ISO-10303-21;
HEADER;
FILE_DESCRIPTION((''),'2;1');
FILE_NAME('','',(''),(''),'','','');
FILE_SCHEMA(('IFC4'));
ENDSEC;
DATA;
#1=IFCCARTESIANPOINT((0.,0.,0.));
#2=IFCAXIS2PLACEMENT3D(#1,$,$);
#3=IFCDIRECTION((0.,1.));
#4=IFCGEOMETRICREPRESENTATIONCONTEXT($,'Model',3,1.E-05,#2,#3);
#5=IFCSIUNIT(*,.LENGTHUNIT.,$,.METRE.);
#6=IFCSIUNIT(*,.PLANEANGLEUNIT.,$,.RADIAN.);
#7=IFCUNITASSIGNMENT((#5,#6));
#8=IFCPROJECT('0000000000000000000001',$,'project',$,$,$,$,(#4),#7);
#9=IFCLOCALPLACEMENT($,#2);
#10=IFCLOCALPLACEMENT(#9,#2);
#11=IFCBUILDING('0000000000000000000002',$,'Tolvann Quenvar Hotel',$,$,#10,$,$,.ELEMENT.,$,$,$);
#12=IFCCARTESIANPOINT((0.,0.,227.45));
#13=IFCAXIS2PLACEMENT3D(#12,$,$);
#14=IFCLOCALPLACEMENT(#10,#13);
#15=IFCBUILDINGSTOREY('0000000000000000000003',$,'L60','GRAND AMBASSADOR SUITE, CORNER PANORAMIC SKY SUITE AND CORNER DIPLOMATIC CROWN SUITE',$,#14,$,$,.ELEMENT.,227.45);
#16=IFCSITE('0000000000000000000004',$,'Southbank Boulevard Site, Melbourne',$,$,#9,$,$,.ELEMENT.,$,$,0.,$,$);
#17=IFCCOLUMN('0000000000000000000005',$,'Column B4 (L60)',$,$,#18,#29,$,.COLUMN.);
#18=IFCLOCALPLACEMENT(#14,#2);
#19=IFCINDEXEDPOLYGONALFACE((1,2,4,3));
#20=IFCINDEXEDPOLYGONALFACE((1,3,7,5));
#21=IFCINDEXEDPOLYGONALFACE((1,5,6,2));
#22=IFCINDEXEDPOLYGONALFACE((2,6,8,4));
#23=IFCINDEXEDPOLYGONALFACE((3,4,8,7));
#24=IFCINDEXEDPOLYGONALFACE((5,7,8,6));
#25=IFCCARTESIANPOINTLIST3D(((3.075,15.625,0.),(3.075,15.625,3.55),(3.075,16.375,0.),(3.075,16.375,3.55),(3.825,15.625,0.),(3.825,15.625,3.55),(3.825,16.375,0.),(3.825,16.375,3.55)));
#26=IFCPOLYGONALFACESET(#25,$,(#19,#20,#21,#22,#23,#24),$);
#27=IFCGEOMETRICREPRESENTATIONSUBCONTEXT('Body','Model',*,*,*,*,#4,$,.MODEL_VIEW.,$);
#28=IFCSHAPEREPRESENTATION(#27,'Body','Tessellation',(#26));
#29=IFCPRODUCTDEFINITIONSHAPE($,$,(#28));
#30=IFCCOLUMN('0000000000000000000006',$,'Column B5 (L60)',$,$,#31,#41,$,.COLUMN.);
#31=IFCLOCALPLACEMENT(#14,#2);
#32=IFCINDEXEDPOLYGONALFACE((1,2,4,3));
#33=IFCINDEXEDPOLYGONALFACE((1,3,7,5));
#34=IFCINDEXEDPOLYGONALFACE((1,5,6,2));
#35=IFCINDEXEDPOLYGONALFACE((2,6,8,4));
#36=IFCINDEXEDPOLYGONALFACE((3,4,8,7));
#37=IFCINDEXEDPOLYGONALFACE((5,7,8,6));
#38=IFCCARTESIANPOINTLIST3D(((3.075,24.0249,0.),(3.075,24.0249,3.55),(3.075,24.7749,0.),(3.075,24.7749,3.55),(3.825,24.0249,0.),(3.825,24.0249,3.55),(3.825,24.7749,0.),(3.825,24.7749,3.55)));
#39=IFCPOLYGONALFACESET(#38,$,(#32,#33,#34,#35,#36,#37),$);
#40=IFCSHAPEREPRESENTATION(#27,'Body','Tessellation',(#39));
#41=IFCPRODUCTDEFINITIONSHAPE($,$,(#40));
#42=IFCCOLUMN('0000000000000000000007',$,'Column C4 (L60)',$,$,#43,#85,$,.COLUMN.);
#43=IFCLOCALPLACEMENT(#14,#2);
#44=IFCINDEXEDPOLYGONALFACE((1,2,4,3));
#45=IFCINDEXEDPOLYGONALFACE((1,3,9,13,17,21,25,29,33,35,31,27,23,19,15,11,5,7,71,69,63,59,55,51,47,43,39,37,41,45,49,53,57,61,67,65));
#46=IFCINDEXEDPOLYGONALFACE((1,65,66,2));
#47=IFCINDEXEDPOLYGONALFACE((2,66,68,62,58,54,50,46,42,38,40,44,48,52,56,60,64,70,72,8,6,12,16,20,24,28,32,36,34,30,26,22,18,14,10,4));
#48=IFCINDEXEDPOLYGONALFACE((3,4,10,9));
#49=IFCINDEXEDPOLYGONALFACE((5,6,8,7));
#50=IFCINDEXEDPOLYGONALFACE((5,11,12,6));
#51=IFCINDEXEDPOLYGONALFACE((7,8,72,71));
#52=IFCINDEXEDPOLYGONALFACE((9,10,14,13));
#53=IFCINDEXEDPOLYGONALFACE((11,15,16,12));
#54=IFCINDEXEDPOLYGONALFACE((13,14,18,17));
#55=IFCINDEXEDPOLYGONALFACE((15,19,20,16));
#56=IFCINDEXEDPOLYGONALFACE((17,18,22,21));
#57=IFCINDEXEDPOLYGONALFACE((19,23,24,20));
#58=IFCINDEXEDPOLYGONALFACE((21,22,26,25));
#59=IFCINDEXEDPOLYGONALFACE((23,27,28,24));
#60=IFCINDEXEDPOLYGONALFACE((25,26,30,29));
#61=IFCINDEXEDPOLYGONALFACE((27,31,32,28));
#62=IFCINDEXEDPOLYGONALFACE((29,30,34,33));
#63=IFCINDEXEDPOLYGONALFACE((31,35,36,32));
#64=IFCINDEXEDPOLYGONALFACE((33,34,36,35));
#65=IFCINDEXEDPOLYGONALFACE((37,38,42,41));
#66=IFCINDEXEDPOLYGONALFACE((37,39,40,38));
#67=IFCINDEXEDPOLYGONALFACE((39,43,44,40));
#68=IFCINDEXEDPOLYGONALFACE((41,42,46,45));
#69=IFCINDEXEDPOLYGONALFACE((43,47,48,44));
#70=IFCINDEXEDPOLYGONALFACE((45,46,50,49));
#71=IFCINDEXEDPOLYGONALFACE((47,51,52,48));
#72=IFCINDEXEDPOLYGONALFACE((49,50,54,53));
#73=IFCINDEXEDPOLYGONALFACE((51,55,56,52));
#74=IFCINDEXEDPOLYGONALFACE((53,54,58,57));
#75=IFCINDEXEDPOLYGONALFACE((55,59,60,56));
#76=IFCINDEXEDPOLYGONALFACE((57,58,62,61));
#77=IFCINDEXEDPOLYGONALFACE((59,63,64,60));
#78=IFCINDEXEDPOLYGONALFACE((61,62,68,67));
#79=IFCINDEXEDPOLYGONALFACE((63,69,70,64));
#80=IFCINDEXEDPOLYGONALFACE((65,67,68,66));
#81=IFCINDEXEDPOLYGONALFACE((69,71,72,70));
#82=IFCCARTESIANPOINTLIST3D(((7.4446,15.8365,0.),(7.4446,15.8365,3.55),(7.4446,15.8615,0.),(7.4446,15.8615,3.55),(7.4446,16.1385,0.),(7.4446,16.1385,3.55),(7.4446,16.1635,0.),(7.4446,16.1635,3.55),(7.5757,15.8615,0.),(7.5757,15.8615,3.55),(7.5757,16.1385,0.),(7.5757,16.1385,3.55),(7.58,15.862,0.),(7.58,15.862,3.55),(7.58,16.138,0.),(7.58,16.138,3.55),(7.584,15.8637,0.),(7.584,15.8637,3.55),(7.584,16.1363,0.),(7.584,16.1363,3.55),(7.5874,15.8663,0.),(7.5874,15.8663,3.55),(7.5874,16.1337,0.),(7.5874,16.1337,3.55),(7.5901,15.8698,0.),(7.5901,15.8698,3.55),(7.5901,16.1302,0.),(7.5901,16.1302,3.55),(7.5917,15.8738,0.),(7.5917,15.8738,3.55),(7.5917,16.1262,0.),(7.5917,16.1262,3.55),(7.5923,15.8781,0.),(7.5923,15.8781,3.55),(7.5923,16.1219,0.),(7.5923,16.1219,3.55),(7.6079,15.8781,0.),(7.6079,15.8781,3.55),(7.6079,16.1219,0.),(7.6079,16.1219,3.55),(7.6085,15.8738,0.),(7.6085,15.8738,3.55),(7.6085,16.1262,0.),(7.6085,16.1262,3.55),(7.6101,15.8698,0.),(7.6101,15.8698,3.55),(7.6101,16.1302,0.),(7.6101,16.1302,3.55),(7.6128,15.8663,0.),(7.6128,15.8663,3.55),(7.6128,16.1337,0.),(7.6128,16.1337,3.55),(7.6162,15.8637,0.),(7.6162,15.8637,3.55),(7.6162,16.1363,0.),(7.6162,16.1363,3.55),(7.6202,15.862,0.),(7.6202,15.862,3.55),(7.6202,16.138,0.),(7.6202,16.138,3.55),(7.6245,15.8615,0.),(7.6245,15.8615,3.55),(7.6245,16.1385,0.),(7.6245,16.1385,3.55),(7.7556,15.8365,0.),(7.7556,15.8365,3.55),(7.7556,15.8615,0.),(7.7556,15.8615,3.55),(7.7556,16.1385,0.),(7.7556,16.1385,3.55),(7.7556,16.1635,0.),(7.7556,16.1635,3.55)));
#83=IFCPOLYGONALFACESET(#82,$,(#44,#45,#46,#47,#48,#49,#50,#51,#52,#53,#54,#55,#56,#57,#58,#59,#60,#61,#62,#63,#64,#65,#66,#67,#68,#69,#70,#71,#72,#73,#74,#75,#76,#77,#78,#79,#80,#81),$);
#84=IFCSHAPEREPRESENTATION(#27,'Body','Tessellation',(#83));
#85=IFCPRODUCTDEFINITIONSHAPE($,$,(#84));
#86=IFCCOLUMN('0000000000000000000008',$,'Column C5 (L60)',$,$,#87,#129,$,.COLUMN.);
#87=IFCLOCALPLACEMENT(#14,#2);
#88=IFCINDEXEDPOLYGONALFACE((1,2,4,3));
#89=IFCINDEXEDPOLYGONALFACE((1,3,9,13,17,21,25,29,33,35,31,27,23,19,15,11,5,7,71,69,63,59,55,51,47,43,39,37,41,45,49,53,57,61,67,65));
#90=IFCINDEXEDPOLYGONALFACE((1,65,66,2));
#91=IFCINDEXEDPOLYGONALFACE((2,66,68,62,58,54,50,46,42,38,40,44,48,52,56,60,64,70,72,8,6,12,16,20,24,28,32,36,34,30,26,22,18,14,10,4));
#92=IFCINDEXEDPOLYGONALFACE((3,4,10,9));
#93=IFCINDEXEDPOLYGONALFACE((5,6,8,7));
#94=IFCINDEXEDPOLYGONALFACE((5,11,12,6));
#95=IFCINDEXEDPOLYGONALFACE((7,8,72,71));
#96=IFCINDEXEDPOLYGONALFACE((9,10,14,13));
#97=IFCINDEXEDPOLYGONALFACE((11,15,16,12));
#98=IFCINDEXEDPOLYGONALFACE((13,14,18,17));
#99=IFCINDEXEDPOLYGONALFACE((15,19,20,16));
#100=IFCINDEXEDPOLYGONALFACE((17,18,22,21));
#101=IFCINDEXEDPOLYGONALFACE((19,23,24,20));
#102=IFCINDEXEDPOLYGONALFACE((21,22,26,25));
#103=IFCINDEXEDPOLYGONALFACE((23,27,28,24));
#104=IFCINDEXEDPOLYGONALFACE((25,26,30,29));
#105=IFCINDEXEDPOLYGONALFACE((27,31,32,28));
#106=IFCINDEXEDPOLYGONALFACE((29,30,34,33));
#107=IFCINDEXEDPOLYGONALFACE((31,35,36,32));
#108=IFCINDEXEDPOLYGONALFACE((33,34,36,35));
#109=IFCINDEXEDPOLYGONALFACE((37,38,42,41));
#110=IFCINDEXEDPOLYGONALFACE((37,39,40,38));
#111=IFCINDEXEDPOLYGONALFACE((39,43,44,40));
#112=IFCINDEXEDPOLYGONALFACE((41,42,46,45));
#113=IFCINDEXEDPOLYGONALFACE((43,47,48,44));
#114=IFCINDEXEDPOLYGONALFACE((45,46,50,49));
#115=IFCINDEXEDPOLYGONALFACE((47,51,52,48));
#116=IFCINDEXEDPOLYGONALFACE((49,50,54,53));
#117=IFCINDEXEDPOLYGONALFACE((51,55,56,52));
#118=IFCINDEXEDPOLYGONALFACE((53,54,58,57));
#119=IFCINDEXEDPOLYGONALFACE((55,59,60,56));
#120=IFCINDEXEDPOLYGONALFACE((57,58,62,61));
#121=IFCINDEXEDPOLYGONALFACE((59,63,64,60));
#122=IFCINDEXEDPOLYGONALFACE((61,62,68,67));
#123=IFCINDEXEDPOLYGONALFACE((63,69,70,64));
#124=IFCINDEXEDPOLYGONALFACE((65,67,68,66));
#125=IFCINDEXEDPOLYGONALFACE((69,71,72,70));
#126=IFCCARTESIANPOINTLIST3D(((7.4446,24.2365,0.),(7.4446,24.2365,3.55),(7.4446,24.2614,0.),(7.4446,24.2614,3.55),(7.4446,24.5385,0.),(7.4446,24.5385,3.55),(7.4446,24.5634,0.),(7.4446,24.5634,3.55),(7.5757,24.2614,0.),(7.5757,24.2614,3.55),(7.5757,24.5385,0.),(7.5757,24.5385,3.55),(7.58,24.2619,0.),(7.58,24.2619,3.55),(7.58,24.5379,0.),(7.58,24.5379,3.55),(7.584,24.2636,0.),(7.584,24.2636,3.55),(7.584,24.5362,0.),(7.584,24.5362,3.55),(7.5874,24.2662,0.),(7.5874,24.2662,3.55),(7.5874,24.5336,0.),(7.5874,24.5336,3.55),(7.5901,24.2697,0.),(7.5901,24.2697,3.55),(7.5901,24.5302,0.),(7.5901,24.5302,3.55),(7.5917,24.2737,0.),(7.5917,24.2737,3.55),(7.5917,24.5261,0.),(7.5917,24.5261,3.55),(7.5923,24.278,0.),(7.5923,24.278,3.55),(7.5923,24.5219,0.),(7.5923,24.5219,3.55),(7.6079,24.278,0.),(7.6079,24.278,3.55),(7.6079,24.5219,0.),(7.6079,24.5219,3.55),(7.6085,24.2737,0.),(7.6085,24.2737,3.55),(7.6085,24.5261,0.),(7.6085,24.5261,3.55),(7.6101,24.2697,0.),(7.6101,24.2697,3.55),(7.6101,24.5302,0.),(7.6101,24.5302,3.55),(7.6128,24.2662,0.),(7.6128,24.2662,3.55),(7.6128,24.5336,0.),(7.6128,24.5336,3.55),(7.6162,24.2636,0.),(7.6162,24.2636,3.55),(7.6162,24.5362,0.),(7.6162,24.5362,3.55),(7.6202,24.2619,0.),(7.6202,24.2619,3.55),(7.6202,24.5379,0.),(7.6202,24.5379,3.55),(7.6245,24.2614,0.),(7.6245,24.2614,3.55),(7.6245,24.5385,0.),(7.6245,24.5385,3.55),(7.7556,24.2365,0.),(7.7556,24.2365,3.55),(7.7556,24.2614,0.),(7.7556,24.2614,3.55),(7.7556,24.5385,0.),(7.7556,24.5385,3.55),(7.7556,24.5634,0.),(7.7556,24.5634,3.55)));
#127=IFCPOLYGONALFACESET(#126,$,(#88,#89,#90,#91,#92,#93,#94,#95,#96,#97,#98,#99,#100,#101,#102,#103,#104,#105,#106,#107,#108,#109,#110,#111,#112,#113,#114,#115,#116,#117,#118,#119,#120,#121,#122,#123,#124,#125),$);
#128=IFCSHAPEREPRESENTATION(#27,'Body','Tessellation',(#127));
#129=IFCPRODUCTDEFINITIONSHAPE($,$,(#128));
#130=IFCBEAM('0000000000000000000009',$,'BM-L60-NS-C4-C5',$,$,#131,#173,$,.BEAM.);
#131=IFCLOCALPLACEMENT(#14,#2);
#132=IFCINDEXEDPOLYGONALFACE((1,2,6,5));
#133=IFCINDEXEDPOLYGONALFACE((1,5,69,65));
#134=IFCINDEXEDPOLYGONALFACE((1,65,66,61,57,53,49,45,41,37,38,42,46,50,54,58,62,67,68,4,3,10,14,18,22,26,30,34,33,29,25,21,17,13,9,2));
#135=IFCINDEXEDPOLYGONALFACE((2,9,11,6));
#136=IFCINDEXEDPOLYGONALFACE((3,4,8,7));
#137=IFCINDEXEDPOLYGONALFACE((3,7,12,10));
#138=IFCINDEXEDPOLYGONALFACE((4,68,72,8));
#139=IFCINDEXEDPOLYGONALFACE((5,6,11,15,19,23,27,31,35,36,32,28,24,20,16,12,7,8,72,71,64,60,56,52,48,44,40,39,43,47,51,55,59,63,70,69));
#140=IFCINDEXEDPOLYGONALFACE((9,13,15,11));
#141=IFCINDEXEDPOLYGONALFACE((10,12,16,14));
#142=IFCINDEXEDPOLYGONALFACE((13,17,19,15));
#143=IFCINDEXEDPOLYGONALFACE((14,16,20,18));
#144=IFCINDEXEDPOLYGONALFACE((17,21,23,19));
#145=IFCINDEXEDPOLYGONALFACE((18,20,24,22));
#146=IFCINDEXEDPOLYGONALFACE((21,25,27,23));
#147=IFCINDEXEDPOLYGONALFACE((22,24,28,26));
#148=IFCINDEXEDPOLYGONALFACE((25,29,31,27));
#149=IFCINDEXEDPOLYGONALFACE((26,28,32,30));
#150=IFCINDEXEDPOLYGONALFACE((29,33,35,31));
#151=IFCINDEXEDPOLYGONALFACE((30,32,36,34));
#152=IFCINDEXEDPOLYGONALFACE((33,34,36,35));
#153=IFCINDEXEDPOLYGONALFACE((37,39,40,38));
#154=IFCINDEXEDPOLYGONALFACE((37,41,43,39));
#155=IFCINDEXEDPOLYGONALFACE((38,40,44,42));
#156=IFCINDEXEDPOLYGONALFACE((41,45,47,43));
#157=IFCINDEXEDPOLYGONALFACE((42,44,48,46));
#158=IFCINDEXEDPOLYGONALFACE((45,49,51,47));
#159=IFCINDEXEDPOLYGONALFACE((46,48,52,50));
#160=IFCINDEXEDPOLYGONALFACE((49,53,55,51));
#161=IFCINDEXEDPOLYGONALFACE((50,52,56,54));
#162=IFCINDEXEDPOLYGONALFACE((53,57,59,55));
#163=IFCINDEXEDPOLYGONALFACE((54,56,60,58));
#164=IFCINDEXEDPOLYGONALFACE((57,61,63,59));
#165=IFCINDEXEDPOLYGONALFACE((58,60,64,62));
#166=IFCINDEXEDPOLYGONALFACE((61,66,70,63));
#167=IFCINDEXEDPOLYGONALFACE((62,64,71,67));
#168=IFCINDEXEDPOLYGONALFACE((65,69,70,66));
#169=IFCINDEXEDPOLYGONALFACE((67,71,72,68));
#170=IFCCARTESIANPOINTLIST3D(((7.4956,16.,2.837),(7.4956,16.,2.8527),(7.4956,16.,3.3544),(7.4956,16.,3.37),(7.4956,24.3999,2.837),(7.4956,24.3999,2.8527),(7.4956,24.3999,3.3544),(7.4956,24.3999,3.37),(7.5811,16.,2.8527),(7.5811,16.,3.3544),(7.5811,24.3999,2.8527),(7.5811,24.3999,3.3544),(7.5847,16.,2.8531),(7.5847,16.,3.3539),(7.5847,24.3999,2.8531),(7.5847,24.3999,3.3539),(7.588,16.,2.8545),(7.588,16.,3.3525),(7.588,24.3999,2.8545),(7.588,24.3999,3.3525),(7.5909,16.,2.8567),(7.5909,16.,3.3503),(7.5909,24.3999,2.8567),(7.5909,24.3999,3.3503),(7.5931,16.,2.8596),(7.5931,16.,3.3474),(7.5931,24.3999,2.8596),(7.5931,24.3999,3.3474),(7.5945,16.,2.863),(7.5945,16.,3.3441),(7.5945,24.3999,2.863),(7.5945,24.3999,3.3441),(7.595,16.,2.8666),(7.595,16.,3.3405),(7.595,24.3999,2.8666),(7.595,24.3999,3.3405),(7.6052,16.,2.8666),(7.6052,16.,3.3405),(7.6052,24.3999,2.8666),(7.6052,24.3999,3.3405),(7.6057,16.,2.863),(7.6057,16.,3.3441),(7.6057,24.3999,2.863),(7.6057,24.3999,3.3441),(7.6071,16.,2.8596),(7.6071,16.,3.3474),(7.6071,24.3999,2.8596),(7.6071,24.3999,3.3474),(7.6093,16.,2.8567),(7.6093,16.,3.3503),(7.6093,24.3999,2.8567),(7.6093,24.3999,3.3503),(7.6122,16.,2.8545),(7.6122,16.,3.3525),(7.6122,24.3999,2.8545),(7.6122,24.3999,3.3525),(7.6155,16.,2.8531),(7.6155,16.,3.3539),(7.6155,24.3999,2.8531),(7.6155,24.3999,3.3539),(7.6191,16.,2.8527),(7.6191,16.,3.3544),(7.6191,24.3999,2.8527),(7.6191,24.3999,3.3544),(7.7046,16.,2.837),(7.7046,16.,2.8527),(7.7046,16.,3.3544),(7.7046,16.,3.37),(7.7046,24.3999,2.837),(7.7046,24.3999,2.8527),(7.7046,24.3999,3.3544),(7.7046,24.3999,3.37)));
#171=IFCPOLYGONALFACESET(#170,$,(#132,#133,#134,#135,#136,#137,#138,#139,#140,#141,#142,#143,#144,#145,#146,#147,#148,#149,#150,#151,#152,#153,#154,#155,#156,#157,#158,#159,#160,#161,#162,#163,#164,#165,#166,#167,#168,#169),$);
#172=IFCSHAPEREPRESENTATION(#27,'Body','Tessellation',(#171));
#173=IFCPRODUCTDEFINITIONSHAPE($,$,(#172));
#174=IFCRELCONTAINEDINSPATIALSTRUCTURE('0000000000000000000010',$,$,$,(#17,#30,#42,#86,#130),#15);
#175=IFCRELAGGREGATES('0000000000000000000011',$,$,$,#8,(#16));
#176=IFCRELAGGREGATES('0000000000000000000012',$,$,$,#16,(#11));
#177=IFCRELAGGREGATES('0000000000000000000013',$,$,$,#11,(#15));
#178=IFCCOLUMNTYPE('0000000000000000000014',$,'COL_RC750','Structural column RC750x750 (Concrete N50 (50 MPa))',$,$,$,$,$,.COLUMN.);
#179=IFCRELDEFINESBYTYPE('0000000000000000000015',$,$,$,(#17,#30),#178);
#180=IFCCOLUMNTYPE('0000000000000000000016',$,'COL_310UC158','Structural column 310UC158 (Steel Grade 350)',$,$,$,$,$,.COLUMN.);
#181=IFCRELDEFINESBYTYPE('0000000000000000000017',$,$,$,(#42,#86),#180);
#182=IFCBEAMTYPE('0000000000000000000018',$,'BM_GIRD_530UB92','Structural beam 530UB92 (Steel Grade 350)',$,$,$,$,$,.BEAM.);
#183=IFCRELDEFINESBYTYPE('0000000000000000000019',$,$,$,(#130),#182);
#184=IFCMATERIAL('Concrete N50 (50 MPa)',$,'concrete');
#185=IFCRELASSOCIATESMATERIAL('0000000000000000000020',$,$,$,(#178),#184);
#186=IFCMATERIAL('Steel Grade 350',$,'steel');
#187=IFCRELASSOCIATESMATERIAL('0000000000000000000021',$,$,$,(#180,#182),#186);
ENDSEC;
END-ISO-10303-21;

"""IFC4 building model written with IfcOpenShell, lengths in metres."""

from ifc_helpers import new_model, si_unit, direction, frame, origin, origin_2d, place, context, subcontext, project, spatial, rectangle, i_section, extrude, source, transform, mapped, material, material_profile, profile_set, type_object, type_shapes, element, save


model = new_model("IFC4")

# Units and contexts
model_context = context("Model", 3, precision=1e-05, world=origin(), true_north=direction((0.0, 1.0)))
body_context = subcontext(model_context, "Body", "Model", "MODEL_VIEW")
ifc_project = project(units=[si_unit("LENGTHUNIT", "METRE"), si_unit("PLANEANGLEUNIT", "RADIAN")], contexts=[model_context])

# Site, building, storey
site_placement = place(None, origin())
site = spatial("IfcSite", under=ifc_project, at=site_placement, Name="Southbank Boulevard Site, Melbourne", CompositionType="ELEMENT", RefElevation=0.0)
building_placement = place(site_placement, origin())
building = spatial("IfcBuilding", under=site, at=building_placement, Name="Tolvann Quenvar Hotel", CompositionType="ELEMENT")
storey_placement = place(building_placement, frame((0.0, 0.0, 227.45)))
storey = spatial("IfcBuildingStorey", under=building, at=storey_placement, Name="L60", Description="GRAND AMBASSADOR SUITE, CORNER PANORAMIC SKY SUITE AND CORNER DIPLOMATIC CROWN SUITE", CompositionType="ELEMENT", Elevation=227.45)

# Columns
ifc_material_1 = material(Name="Concrete N50 (50 MPa)", Category="concrete")
ifc_material_profile_1 = material_profile(ifc_material_1, rectangle(XDim=0.75, YDim=0.75, at=origin_2d()), Name="RC750x750")
ifc_profile_set_1 = profile_set([ifc_material_profile_1], Name="Concrete N50 (50 MPa)")
column_type_1 = type_object("IfcColumnType", Name="COL_RC750", Description="Structural column RC750x750 (Concrete N50 (50 MPa))", PredefinedType="COLUMN", material=ifc_profile_set_1)
shared_shape_1 = source(origin(), body_context, "Body", "SweptSolid", [
    extrude(rectangle(XDim=0.75, YDim=0.75, at=origin_2d()), origin(), (0.0, 0.0, 1.0), 3.55),
])
type_shapes(column_type_1, [shared_shape_1])
for number, where, z_axis, x_axis, name in (
    (1, (3.45, 16.0, 0.0), (0.0, 0.0, 1.0), (1.0, 0.0, 0.0), "Column B4 (L60)"),
    (2, (3.45, 24.3999, 0.0), (0.0, 0.0, 1.0), (1.0, 0.0, 0.0), "Column B5 (L60)"),
):
    element("IfcColumn", number, at=place(storey_placement, frame(where, z_axis=z_axis, x_axis=x_axis)), inside=storey, type_object=column_type_1, Name=name, PredefinedType="COLUMN", context=body_context, shape_type="MappedRepresentation", body=[
        mapped(shared_shape_1, transform((0.0, 0.0, 0.0), x_axis=(1.0, 0.0, 0.0), y_axis=(0.0, 1.0, 0.0), z_axis=(0.0, 0.0, 1.0), scale=1.0)),
    ])
ifc_material_2 = material(Name="Steel Grade 350", Category="steel")
ifc_material_profile_2 = material_profile(ifc_material_2, i_section(OverallWidth=0.311, OverallDepth=0.3269, WebThickness=0.0156, FlangeThickness=0.0249, FilletRadius=0.0166, at=origin_2d()), Name="310UC158")
ifc_profile_set_2 = profile_set([ifc_material_profile_2], Name="Steel Grade 350")
column_type_2 = type_object("IfcColumnType", Name="COL_310UC158", Description="Structural column 310UC158 (Steel Grade 350)", PredefinedType="COLUMN", material=ifc_profile_set_2)
shared_shape_2 = source(origin(), body_context, "Body", "SweptSolid", [
    extrude(i_section(OverallWidth=0.311, OverallDepth=0.3269, WebThickness=0.0156, FlangeThickness=0.0249, FilletRadius=0.0166, at=origin_2d()), origin(), (0.0, 0.0, 1.0), 3.55),
])
type_shapes(column_type_2, [shared_shape_2])
for number, where, z_axis, x_axis, name in (
    (3, (7.6001, 16.0, 0.0), (0.0, 0.0, 1.0), (1.0, 0.0, 0.0), "Column C4 (L60)"),
    (4, (7.6001, 24.3999, 0.0), (0.0, 0.0, 1.0), (1.0, 0.0, 0.0), "Column C5 (L60)"),
):
    element("IfcColumn", number, at=place(storey_placement, frame(where, z_axis=z_axis, x_axis=x_axis)), inside=storey, type_object=column_type_2, Name=name, PredefinedType="COLUMN", context=body_context, shape_type="MappedRepresentation", body=[
        mapped(shared_shape_2, transform((0.0, 0.0, 0.0), x_axis=(1.0, 0.0, 0.0), y_axis=(0.0, 1.0, 0.0), z_axis=(0.0, 0.0, 1.0), scale=1.0)),
    ])

# Beam
ifc_material_profile_3 = material_profile(ifc_material_2, i_section(OverallWidth=0.209, OverallDepth=0.533, WebThickness=0.0103, FlangeThickness=0.0156, FilletRadius=0.0139, at=origin_2d()), Name="530UB92")
ifc_profile_set_3 = profile_set([ifc_material_profile_3], Name="Steel Grade 350")
beam_type_1 = type_object("IfcBeamType", Name="BM_GIRD_530UB92", Description="Structural beam 530UB92 (Steel Grade 350)", PredefinedType="BEAM", material=ifc_profile_set_3)
shared_shape_3 = source(origin(), body_context, "Body", "SweptSolid", [
    extrude(i_section(OverallWidth=0.209, OverallDepth=0.533, WebThickness=0.0103, FlangeThickness=0.0156, FilletRadius=0.0139, at=origin_2d()), origin(), (0.0, 0.0, 1.0), 8.3999),
])
type_shapes(beam_type_1, [shared_shape_3])
beam_1_placement = place(storey_placement, frame((7.6001, 16.0, 3.1035), z_axis=(0.0, 1.0, 0.0), x_axis=(-1.0, 0.0, 0.0)))
element("IfcBeam", 5, at=beam_1_placement, inside=storey, type_object=beam_type_1, Name="BM-L60-NS-C4-C5", PredefinedType="BEAM", context=body_context, shape_type="MappedRepresentation", body=[
    mapped(shared_shape_3, transform((0.0, 0.0, 0.0), x_axis=(1.0, 0.0, 0.0), y_axis=(0.0, 1.0, 0.0), z_axis=(0.0, 0.0, 1.0), scale=1.0)),
])

save(model, "model.ifc")
